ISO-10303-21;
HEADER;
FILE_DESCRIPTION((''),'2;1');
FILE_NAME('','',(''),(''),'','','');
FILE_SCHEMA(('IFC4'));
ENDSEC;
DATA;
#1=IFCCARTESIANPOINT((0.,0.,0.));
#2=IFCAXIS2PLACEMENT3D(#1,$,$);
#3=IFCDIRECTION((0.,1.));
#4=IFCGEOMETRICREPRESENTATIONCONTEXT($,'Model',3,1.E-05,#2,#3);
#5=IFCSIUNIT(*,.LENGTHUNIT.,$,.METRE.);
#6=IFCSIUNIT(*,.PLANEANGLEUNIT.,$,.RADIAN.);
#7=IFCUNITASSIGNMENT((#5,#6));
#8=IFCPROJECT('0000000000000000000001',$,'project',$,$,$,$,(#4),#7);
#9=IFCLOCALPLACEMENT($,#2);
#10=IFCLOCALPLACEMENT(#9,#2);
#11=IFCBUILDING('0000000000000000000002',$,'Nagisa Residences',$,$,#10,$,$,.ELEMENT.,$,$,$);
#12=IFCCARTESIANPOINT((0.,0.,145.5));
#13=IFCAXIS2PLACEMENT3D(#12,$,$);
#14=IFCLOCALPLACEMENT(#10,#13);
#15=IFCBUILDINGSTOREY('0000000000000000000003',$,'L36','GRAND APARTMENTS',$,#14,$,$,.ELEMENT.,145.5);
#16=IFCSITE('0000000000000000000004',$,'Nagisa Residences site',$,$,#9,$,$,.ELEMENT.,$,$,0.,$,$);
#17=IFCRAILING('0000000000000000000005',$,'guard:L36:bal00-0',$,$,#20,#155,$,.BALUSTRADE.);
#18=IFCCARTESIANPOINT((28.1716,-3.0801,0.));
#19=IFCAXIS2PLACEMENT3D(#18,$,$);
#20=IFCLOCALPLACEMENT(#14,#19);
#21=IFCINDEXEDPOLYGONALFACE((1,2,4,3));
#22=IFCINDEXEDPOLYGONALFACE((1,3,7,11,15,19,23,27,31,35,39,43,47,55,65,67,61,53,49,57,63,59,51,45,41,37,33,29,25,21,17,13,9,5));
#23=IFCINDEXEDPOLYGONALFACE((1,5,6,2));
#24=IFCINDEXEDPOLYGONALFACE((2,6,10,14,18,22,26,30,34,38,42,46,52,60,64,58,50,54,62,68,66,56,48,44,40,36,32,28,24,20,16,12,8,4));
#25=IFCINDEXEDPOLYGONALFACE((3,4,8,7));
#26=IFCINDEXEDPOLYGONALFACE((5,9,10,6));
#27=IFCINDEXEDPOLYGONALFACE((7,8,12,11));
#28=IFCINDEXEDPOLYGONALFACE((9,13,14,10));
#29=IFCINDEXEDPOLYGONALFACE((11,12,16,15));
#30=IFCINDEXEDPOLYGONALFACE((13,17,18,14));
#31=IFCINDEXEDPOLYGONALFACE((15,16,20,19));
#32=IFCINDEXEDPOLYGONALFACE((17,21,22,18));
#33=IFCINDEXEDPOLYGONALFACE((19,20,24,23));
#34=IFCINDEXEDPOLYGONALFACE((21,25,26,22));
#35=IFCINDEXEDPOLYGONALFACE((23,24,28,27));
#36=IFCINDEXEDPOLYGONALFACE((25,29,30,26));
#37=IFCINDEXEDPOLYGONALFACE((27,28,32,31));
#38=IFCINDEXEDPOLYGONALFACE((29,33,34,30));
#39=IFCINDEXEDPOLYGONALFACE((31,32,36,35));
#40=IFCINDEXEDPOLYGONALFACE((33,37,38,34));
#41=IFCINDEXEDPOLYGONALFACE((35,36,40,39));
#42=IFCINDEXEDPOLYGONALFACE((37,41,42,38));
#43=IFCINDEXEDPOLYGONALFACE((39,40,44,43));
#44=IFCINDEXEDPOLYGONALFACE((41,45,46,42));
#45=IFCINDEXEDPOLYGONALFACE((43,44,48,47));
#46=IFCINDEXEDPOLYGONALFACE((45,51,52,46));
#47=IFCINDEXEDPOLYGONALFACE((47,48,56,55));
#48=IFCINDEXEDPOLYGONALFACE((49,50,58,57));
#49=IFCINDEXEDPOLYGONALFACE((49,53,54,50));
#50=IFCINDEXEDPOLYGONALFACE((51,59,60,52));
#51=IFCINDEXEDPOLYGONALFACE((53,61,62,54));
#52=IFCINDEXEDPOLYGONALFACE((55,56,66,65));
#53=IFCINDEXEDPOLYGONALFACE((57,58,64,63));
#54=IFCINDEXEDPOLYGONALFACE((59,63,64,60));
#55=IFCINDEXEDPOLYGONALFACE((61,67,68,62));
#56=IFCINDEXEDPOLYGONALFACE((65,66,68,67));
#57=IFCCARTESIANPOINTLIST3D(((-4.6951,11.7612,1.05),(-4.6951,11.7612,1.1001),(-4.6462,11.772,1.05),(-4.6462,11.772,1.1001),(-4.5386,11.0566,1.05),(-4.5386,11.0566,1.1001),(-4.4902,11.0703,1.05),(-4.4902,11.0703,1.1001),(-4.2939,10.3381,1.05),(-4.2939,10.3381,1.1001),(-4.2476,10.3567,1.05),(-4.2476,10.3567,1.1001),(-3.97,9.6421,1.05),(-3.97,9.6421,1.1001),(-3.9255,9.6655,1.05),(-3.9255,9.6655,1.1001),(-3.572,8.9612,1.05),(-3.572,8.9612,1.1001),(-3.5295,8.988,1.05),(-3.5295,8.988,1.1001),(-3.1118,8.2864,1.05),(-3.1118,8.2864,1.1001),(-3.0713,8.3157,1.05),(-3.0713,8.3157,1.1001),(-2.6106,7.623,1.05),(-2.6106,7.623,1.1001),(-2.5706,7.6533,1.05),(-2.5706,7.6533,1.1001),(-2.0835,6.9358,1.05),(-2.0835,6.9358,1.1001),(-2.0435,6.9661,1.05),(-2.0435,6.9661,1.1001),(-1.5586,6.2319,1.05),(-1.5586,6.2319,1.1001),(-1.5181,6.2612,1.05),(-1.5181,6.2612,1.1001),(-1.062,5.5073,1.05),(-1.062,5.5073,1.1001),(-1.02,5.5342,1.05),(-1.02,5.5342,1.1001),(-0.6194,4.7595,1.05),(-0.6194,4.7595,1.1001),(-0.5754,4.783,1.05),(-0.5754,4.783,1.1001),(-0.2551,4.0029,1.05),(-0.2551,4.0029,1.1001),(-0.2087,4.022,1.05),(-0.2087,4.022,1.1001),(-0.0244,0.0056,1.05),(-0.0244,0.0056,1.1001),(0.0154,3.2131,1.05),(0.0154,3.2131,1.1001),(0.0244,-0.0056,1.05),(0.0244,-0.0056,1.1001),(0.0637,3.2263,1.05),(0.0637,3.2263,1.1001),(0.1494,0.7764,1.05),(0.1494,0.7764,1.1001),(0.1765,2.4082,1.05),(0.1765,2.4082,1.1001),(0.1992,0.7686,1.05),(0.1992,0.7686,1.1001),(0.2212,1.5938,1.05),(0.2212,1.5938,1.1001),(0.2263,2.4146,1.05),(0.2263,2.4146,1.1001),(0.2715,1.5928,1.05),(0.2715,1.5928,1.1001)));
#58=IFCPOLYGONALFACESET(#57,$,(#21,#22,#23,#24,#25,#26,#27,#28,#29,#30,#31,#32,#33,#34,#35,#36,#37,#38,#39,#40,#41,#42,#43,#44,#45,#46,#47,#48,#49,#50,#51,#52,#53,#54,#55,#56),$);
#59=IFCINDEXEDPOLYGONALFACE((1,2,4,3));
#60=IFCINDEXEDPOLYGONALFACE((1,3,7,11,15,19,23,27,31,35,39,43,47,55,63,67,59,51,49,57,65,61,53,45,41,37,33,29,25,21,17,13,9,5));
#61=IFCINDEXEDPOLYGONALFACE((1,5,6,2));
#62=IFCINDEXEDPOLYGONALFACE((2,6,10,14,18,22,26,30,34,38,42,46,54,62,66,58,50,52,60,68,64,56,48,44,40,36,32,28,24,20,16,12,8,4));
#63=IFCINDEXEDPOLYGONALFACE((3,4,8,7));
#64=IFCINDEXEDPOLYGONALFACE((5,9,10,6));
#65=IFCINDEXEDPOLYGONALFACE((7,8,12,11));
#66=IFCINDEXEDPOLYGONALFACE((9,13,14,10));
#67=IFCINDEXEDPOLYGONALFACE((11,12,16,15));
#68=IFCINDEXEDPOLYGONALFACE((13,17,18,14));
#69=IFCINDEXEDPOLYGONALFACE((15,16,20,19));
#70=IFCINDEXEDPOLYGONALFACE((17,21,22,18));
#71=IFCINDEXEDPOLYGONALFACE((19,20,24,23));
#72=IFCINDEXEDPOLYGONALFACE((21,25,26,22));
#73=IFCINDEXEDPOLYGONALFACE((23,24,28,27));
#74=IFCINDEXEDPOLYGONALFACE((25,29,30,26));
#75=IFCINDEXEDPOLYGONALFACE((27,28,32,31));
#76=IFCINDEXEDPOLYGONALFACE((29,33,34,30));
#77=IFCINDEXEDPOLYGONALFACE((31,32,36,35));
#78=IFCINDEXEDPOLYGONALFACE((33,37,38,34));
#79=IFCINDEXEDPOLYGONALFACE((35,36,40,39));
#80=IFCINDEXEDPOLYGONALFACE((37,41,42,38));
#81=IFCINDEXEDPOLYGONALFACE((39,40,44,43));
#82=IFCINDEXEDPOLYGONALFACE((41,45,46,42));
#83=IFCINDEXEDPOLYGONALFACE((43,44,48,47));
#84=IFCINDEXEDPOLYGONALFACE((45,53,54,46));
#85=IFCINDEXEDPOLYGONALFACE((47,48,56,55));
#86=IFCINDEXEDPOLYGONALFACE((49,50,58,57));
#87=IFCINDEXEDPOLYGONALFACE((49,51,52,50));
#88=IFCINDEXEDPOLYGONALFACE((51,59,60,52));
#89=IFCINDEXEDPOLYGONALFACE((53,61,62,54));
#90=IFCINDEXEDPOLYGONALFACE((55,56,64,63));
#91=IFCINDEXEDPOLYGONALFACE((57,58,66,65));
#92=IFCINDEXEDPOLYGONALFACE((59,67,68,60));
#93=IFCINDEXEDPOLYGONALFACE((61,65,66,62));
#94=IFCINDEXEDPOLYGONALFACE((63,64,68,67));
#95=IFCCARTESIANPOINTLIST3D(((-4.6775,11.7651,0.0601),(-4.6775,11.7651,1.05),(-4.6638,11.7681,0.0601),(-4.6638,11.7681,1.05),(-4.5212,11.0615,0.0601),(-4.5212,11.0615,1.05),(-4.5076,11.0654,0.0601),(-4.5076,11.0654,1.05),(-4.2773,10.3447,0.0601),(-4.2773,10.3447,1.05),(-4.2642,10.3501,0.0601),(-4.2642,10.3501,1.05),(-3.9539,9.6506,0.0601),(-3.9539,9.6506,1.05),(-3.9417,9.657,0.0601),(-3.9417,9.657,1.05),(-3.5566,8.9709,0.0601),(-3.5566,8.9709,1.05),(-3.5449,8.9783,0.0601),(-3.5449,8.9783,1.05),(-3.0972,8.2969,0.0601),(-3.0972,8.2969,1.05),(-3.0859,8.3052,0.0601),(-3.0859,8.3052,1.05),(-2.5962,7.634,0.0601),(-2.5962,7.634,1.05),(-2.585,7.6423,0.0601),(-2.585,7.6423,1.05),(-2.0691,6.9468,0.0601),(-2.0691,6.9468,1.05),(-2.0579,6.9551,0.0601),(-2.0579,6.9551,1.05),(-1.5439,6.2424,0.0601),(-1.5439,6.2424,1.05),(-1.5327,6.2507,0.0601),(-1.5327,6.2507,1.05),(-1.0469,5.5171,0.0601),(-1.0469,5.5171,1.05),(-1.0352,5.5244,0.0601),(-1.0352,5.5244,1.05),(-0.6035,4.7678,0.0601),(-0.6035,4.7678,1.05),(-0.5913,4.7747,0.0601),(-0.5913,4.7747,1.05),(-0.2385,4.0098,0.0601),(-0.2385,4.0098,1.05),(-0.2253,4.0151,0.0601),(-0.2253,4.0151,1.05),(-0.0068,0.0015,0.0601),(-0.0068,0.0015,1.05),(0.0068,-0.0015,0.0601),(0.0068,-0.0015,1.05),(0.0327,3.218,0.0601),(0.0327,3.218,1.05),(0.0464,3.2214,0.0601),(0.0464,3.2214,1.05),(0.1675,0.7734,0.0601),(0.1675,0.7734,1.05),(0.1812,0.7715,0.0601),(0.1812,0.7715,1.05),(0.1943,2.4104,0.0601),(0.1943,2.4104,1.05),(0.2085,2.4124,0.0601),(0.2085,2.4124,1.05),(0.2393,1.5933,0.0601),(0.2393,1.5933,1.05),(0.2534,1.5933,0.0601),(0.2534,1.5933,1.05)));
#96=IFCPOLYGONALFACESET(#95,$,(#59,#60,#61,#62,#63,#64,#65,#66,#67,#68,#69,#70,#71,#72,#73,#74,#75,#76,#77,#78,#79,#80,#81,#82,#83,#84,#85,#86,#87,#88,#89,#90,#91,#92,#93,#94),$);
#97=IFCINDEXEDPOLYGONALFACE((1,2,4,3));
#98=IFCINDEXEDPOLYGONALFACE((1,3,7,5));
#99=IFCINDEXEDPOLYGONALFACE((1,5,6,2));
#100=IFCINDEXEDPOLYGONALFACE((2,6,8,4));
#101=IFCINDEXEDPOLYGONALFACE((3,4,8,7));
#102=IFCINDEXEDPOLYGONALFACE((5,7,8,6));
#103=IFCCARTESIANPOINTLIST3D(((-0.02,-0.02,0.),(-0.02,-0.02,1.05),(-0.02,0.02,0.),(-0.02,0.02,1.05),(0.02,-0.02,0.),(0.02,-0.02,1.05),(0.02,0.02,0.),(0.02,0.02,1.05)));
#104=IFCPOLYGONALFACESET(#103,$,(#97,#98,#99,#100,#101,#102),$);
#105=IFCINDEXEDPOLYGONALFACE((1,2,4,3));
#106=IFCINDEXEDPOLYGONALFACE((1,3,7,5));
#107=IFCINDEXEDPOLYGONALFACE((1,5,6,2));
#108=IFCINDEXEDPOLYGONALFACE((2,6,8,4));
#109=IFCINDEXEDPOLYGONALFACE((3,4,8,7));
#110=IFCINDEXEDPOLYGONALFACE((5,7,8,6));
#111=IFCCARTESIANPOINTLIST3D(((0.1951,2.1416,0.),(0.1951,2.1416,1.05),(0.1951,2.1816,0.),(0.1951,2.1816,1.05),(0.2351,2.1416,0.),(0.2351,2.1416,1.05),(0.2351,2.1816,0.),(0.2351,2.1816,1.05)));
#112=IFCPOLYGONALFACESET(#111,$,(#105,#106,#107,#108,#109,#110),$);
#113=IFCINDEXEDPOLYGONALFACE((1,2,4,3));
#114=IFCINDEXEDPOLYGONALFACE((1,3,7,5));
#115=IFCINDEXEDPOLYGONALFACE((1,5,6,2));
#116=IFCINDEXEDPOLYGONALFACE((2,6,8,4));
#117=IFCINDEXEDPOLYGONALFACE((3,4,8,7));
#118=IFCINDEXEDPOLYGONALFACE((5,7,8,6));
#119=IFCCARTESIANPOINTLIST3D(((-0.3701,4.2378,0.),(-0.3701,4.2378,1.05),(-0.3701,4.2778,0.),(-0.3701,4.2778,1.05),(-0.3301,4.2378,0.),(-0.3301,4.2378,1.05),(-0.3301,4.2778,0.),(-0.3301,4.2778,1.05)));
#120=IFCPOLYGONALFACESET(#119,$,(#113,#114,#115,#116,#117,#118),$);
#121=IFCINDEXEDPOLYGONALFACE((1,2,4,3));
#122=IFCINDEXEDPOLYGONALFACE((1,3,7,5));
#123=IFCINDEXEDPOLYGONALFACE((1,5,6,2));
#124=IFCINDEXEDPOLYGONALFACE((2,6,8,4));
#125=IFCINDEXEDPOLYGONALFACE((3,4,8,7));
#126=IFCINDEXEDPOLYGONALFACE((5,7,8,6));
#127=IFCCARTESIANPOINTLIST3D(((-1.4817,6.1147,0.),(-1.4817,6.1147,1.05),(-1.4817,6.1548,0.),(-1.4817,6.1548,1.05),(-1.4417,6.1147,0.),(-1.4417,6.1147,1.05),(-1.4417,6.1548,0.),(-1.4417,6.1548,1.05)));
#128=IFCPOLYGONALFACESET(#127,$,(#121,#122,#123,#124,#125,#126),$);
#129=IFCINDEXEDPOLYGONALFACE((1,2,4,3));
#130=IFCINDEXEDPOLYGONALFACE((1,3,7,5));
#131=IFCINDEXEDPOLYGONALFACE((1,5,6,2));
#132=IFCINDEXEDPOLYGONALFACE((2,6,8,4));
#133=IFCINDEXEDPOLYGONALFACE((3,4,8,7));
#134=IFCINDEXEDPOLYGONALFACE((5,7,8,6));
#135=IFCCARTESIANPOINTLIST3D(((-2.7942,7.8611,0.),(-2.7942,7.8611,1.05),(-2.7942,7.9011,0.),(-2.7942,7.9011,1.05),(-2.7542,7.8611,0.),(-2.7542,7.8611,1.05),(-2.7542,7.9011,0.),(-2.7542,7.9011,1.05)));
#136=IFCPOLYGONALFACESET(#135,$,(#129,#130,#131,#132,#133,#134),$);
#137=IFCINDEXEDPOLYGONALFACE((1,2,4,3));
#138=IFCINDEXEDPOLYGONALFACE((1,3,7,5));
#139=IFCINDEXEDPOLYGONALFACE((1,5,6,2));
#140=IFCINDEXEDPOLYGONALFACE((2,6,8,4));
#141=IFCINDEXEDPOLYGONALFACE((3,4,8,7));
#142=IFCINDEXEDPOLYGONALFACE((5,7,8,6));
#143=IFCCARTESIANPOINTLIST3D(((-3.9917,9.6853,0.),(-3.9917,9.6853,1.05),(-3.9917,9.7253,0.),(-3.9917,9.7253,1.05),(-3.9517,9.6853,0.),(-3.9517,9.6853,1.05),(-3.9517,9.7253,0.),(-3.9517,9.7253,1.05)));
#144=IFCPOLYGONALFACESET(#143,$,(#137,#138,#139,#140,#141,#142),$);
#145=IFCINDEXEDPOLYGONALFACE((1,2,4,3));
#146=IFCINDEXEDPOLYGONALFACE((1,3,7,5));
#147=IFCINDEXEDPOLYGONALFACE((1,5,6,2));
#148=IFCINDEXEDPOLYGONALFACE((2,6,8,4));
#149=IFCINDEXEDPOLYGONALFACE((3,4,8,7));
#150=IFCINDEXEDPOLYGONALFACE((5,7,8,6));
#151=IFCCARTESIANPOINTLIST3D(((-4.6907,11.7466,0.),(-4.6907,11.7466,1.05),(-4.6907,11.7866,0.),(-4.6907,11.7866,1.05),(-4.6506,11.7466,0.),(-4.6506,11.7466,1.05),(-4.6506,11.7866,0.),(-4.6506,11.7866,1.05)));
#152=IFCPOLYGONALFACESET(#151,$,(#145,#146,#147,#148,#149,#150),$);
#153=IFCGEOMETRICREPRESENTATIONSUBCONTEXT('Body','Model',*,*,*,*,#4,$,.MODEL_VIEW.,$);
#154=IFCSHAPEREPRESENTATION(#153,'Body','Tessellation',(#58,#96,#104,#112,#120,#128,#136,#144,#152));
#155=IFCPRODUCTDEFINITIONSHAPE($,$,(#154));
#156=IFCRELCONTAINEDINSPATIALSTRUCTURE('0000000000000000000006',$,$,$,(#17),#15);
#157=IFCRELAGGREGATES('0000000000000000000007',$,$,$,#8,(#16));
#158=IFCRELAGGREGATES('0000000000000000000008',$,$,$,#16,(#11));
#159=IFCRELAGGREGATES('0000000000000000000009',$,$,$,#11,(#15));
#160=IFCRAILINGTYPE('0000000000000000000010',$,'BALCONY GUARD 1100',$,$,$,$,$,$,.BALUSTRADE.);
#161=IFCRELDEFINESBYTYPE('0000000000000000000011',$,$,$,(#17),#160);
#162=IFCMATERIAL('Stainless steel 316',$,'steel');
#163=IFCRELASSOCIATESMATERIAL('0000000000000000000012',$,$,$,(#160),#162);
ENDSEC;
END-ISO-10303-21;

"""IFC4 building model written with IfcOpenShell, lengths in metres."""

from ifc_helpers import new_model, si_unit, direction, frame, origin, origin_2d, place, context, subcontext, project, spatial, polyline, rectangle, outline, extrude, material, type_object, element, save


model = new_model("IFC4")

# Units and contexts
model_context = context("Model", 3, precision=1e-05, world=origin(), true_north=direction((0.0, 1.0)))
body_context = subcontext(model_context, "Body", "Model", "MODEL_VIEW")
ifc_project = project(units=[si_unit("LENGTHUNIT", "METRE"), si_unit("PLANEANGLEUNIT", "RADIAN")], contexts=[model_context])

# Site, building, storey
site_placement = place(None, origin())
site = spatial("IfcSite", under=ifc_project, at=site_placement, Name="Nagisa Residences site", CompositionType="ELEMENT", RefElevation=0.0)
building_placement = place(site_placement, origin())
building = spatial("IfcBuilding", under=site, at=building_placement, Name="Nagisa Residences", CompositionType="ELEMENT")
storey_placement = place(building_placement, frame((0.0, 0.0, 145.5)))
storey = spatial("IfcBuildingStorey", under=building, at=storey_placement, Name="L36", Description="GRAND APARTMENTS", CompositionType="ELEMENT", Elevation=145.5)

# Railing
ifc_material_1 = material(Name="Stainless steel 316", Category="steel")
railing_type = type_object("IfcRailingType", Name="BALCONY GUARD 1100", PredefinedType="BALUSTRADE", material=ifc_material_1)
railing_placement = place(storey_placement, frame((28.1716, -3.0801, 0.0)))
element("IfcRailing", 1, at=railing_placement, inside=storey, type_object=railing_type, Name="guard:L36:bal00-0", PredefinedType="BALUSTRADE", context=body_context, shape_type="SweptSolid", body=[
    extrude(outline(polyline([(0.1494, 0.7764), (-0.0244, 0.0056), (0.0244, -0.0056), (0.1992, 0.7686), (0.2715, 1.5928), (0.2263, 2.4146), (0.0637, 3.2263), (-0.2087, 4.022), (-0.5754, 4.783), (-1.02, 5.5342), (-1.5181, 6.2612), (-2.0435, 6.9661), (-2.5706, 7.6533), (-3.0713, 8.3157), (-3.5295, 8.988), (-3.9255, 9.6655), (-4.2476, 10.3567), (-4.4902, 11.0703), (-4.6462, 11.772), (-4.6951, 11.7612), (-4.5386, 11.0566), (-4.2939, 10.3381), (-3.97, 9.6421), (-3.572, 8.9612), (-3.1118, 8.2864), (-2.6106, 7.623), (-2.0835, 6.9358), (-1.5586, 6.2319), (-1.062, 5.5073), (-0.6194, 4.7595), (-0.2551, 4.0029), (0.0154, 3.2131), (0.1765, 2.4082), (0.2212, 1.5938), (0.1494, 0.7764)])), frame((0.0, 0.0, 1.05)), (0.0, 0.0, 1.0), 0.05),
    extrude(outline(polyline([(0.1675, 0.7734), (-0.0068, 0.0015), (0.0068, -0.0015), (0.1812, 0.7715), (0.2534, 1.5933), (0.2085, 2.4124), (0.0464, 3.2214), (-0.2253, 4.0151), (-0.5913, 4.7747), (-1.0352, 5.5244), (-1.5327, 6.2507), (-2.0579, 6.9551), (-2.585, 7.6423), (-3.0859, 8.3052), (-3.5449, 8.9783), (-3.9417, 9.657), (-4.2642, 10.3501), (-4.5076, 11.0654), (-4.6638, 11.7681), (-4.6775, 11.7651), (-4.5212, 11.0615), (-4.2773, 10.3447), (-3.9539, 9.6506), (-3.5566, 8.9709), (-3.0972, 8.2969), (-2.5962, 7.634), (-2.0691, 6.9468), (-1.5439, 6.2424), (-1.0469, 5.5171), (-0.6035, 4.7678), (-0.2385, 4.0098), (0.0327, 3.218), (0.1943, 2.4104), (0.2393, 1.5933), (0.1675, 0.7734)])), frame((0.0, 0.0, 0.0601)), (0.0, 0.0, 1.0), 0.99),
    extrude(rectangle(XDim=0.04, YDim=0.04, at=origin_2d()), origin(), (0.0, 0.0, 1.0), 1.05),
    extrude(rectangle(XDim=0.04, YDim=0.04, at=origin_2d()), frame((0.2151, 2.1616, 0.0)), (0.0, 0.0, 1.0), 1.05),
    extrude(rectangle(XDim=0.04, YDim=0.04, at=origin_2d()), frame((-0.3501, 4.2578, 0.0)), (0.0, 0.0, 1.0), 1.05),
    extrude(rectangle(XDim=0.04, YDim=0.04, at=origin_2d()), frame((-1.4617, 6.1348, 0.0)), (0.0, 0.0, 1.0), 1.05),
    extrude(rectangle(XDim=0.04, YDim=0.04, at=origin_2d()), frame((-2.7742, 7.8811, 0.0)), (0.0, 0.0, 1.0), 1.05),
    extrude(rectangle(XDim=0.04, YDim=0.04, at=origin_2d()), frame((-3.9717, 9.7053, 0.0)), (0.0, 0.0, 1.0), 1.05),
    extrude(rectangle(XDim=0.04, YDim=0.04, at=origin_2d()), frame((-4.6707, 11.7666, 0.0)), (0.0, 0.0, 1.0), 1.05),
])

save(model, "model.ifc")
